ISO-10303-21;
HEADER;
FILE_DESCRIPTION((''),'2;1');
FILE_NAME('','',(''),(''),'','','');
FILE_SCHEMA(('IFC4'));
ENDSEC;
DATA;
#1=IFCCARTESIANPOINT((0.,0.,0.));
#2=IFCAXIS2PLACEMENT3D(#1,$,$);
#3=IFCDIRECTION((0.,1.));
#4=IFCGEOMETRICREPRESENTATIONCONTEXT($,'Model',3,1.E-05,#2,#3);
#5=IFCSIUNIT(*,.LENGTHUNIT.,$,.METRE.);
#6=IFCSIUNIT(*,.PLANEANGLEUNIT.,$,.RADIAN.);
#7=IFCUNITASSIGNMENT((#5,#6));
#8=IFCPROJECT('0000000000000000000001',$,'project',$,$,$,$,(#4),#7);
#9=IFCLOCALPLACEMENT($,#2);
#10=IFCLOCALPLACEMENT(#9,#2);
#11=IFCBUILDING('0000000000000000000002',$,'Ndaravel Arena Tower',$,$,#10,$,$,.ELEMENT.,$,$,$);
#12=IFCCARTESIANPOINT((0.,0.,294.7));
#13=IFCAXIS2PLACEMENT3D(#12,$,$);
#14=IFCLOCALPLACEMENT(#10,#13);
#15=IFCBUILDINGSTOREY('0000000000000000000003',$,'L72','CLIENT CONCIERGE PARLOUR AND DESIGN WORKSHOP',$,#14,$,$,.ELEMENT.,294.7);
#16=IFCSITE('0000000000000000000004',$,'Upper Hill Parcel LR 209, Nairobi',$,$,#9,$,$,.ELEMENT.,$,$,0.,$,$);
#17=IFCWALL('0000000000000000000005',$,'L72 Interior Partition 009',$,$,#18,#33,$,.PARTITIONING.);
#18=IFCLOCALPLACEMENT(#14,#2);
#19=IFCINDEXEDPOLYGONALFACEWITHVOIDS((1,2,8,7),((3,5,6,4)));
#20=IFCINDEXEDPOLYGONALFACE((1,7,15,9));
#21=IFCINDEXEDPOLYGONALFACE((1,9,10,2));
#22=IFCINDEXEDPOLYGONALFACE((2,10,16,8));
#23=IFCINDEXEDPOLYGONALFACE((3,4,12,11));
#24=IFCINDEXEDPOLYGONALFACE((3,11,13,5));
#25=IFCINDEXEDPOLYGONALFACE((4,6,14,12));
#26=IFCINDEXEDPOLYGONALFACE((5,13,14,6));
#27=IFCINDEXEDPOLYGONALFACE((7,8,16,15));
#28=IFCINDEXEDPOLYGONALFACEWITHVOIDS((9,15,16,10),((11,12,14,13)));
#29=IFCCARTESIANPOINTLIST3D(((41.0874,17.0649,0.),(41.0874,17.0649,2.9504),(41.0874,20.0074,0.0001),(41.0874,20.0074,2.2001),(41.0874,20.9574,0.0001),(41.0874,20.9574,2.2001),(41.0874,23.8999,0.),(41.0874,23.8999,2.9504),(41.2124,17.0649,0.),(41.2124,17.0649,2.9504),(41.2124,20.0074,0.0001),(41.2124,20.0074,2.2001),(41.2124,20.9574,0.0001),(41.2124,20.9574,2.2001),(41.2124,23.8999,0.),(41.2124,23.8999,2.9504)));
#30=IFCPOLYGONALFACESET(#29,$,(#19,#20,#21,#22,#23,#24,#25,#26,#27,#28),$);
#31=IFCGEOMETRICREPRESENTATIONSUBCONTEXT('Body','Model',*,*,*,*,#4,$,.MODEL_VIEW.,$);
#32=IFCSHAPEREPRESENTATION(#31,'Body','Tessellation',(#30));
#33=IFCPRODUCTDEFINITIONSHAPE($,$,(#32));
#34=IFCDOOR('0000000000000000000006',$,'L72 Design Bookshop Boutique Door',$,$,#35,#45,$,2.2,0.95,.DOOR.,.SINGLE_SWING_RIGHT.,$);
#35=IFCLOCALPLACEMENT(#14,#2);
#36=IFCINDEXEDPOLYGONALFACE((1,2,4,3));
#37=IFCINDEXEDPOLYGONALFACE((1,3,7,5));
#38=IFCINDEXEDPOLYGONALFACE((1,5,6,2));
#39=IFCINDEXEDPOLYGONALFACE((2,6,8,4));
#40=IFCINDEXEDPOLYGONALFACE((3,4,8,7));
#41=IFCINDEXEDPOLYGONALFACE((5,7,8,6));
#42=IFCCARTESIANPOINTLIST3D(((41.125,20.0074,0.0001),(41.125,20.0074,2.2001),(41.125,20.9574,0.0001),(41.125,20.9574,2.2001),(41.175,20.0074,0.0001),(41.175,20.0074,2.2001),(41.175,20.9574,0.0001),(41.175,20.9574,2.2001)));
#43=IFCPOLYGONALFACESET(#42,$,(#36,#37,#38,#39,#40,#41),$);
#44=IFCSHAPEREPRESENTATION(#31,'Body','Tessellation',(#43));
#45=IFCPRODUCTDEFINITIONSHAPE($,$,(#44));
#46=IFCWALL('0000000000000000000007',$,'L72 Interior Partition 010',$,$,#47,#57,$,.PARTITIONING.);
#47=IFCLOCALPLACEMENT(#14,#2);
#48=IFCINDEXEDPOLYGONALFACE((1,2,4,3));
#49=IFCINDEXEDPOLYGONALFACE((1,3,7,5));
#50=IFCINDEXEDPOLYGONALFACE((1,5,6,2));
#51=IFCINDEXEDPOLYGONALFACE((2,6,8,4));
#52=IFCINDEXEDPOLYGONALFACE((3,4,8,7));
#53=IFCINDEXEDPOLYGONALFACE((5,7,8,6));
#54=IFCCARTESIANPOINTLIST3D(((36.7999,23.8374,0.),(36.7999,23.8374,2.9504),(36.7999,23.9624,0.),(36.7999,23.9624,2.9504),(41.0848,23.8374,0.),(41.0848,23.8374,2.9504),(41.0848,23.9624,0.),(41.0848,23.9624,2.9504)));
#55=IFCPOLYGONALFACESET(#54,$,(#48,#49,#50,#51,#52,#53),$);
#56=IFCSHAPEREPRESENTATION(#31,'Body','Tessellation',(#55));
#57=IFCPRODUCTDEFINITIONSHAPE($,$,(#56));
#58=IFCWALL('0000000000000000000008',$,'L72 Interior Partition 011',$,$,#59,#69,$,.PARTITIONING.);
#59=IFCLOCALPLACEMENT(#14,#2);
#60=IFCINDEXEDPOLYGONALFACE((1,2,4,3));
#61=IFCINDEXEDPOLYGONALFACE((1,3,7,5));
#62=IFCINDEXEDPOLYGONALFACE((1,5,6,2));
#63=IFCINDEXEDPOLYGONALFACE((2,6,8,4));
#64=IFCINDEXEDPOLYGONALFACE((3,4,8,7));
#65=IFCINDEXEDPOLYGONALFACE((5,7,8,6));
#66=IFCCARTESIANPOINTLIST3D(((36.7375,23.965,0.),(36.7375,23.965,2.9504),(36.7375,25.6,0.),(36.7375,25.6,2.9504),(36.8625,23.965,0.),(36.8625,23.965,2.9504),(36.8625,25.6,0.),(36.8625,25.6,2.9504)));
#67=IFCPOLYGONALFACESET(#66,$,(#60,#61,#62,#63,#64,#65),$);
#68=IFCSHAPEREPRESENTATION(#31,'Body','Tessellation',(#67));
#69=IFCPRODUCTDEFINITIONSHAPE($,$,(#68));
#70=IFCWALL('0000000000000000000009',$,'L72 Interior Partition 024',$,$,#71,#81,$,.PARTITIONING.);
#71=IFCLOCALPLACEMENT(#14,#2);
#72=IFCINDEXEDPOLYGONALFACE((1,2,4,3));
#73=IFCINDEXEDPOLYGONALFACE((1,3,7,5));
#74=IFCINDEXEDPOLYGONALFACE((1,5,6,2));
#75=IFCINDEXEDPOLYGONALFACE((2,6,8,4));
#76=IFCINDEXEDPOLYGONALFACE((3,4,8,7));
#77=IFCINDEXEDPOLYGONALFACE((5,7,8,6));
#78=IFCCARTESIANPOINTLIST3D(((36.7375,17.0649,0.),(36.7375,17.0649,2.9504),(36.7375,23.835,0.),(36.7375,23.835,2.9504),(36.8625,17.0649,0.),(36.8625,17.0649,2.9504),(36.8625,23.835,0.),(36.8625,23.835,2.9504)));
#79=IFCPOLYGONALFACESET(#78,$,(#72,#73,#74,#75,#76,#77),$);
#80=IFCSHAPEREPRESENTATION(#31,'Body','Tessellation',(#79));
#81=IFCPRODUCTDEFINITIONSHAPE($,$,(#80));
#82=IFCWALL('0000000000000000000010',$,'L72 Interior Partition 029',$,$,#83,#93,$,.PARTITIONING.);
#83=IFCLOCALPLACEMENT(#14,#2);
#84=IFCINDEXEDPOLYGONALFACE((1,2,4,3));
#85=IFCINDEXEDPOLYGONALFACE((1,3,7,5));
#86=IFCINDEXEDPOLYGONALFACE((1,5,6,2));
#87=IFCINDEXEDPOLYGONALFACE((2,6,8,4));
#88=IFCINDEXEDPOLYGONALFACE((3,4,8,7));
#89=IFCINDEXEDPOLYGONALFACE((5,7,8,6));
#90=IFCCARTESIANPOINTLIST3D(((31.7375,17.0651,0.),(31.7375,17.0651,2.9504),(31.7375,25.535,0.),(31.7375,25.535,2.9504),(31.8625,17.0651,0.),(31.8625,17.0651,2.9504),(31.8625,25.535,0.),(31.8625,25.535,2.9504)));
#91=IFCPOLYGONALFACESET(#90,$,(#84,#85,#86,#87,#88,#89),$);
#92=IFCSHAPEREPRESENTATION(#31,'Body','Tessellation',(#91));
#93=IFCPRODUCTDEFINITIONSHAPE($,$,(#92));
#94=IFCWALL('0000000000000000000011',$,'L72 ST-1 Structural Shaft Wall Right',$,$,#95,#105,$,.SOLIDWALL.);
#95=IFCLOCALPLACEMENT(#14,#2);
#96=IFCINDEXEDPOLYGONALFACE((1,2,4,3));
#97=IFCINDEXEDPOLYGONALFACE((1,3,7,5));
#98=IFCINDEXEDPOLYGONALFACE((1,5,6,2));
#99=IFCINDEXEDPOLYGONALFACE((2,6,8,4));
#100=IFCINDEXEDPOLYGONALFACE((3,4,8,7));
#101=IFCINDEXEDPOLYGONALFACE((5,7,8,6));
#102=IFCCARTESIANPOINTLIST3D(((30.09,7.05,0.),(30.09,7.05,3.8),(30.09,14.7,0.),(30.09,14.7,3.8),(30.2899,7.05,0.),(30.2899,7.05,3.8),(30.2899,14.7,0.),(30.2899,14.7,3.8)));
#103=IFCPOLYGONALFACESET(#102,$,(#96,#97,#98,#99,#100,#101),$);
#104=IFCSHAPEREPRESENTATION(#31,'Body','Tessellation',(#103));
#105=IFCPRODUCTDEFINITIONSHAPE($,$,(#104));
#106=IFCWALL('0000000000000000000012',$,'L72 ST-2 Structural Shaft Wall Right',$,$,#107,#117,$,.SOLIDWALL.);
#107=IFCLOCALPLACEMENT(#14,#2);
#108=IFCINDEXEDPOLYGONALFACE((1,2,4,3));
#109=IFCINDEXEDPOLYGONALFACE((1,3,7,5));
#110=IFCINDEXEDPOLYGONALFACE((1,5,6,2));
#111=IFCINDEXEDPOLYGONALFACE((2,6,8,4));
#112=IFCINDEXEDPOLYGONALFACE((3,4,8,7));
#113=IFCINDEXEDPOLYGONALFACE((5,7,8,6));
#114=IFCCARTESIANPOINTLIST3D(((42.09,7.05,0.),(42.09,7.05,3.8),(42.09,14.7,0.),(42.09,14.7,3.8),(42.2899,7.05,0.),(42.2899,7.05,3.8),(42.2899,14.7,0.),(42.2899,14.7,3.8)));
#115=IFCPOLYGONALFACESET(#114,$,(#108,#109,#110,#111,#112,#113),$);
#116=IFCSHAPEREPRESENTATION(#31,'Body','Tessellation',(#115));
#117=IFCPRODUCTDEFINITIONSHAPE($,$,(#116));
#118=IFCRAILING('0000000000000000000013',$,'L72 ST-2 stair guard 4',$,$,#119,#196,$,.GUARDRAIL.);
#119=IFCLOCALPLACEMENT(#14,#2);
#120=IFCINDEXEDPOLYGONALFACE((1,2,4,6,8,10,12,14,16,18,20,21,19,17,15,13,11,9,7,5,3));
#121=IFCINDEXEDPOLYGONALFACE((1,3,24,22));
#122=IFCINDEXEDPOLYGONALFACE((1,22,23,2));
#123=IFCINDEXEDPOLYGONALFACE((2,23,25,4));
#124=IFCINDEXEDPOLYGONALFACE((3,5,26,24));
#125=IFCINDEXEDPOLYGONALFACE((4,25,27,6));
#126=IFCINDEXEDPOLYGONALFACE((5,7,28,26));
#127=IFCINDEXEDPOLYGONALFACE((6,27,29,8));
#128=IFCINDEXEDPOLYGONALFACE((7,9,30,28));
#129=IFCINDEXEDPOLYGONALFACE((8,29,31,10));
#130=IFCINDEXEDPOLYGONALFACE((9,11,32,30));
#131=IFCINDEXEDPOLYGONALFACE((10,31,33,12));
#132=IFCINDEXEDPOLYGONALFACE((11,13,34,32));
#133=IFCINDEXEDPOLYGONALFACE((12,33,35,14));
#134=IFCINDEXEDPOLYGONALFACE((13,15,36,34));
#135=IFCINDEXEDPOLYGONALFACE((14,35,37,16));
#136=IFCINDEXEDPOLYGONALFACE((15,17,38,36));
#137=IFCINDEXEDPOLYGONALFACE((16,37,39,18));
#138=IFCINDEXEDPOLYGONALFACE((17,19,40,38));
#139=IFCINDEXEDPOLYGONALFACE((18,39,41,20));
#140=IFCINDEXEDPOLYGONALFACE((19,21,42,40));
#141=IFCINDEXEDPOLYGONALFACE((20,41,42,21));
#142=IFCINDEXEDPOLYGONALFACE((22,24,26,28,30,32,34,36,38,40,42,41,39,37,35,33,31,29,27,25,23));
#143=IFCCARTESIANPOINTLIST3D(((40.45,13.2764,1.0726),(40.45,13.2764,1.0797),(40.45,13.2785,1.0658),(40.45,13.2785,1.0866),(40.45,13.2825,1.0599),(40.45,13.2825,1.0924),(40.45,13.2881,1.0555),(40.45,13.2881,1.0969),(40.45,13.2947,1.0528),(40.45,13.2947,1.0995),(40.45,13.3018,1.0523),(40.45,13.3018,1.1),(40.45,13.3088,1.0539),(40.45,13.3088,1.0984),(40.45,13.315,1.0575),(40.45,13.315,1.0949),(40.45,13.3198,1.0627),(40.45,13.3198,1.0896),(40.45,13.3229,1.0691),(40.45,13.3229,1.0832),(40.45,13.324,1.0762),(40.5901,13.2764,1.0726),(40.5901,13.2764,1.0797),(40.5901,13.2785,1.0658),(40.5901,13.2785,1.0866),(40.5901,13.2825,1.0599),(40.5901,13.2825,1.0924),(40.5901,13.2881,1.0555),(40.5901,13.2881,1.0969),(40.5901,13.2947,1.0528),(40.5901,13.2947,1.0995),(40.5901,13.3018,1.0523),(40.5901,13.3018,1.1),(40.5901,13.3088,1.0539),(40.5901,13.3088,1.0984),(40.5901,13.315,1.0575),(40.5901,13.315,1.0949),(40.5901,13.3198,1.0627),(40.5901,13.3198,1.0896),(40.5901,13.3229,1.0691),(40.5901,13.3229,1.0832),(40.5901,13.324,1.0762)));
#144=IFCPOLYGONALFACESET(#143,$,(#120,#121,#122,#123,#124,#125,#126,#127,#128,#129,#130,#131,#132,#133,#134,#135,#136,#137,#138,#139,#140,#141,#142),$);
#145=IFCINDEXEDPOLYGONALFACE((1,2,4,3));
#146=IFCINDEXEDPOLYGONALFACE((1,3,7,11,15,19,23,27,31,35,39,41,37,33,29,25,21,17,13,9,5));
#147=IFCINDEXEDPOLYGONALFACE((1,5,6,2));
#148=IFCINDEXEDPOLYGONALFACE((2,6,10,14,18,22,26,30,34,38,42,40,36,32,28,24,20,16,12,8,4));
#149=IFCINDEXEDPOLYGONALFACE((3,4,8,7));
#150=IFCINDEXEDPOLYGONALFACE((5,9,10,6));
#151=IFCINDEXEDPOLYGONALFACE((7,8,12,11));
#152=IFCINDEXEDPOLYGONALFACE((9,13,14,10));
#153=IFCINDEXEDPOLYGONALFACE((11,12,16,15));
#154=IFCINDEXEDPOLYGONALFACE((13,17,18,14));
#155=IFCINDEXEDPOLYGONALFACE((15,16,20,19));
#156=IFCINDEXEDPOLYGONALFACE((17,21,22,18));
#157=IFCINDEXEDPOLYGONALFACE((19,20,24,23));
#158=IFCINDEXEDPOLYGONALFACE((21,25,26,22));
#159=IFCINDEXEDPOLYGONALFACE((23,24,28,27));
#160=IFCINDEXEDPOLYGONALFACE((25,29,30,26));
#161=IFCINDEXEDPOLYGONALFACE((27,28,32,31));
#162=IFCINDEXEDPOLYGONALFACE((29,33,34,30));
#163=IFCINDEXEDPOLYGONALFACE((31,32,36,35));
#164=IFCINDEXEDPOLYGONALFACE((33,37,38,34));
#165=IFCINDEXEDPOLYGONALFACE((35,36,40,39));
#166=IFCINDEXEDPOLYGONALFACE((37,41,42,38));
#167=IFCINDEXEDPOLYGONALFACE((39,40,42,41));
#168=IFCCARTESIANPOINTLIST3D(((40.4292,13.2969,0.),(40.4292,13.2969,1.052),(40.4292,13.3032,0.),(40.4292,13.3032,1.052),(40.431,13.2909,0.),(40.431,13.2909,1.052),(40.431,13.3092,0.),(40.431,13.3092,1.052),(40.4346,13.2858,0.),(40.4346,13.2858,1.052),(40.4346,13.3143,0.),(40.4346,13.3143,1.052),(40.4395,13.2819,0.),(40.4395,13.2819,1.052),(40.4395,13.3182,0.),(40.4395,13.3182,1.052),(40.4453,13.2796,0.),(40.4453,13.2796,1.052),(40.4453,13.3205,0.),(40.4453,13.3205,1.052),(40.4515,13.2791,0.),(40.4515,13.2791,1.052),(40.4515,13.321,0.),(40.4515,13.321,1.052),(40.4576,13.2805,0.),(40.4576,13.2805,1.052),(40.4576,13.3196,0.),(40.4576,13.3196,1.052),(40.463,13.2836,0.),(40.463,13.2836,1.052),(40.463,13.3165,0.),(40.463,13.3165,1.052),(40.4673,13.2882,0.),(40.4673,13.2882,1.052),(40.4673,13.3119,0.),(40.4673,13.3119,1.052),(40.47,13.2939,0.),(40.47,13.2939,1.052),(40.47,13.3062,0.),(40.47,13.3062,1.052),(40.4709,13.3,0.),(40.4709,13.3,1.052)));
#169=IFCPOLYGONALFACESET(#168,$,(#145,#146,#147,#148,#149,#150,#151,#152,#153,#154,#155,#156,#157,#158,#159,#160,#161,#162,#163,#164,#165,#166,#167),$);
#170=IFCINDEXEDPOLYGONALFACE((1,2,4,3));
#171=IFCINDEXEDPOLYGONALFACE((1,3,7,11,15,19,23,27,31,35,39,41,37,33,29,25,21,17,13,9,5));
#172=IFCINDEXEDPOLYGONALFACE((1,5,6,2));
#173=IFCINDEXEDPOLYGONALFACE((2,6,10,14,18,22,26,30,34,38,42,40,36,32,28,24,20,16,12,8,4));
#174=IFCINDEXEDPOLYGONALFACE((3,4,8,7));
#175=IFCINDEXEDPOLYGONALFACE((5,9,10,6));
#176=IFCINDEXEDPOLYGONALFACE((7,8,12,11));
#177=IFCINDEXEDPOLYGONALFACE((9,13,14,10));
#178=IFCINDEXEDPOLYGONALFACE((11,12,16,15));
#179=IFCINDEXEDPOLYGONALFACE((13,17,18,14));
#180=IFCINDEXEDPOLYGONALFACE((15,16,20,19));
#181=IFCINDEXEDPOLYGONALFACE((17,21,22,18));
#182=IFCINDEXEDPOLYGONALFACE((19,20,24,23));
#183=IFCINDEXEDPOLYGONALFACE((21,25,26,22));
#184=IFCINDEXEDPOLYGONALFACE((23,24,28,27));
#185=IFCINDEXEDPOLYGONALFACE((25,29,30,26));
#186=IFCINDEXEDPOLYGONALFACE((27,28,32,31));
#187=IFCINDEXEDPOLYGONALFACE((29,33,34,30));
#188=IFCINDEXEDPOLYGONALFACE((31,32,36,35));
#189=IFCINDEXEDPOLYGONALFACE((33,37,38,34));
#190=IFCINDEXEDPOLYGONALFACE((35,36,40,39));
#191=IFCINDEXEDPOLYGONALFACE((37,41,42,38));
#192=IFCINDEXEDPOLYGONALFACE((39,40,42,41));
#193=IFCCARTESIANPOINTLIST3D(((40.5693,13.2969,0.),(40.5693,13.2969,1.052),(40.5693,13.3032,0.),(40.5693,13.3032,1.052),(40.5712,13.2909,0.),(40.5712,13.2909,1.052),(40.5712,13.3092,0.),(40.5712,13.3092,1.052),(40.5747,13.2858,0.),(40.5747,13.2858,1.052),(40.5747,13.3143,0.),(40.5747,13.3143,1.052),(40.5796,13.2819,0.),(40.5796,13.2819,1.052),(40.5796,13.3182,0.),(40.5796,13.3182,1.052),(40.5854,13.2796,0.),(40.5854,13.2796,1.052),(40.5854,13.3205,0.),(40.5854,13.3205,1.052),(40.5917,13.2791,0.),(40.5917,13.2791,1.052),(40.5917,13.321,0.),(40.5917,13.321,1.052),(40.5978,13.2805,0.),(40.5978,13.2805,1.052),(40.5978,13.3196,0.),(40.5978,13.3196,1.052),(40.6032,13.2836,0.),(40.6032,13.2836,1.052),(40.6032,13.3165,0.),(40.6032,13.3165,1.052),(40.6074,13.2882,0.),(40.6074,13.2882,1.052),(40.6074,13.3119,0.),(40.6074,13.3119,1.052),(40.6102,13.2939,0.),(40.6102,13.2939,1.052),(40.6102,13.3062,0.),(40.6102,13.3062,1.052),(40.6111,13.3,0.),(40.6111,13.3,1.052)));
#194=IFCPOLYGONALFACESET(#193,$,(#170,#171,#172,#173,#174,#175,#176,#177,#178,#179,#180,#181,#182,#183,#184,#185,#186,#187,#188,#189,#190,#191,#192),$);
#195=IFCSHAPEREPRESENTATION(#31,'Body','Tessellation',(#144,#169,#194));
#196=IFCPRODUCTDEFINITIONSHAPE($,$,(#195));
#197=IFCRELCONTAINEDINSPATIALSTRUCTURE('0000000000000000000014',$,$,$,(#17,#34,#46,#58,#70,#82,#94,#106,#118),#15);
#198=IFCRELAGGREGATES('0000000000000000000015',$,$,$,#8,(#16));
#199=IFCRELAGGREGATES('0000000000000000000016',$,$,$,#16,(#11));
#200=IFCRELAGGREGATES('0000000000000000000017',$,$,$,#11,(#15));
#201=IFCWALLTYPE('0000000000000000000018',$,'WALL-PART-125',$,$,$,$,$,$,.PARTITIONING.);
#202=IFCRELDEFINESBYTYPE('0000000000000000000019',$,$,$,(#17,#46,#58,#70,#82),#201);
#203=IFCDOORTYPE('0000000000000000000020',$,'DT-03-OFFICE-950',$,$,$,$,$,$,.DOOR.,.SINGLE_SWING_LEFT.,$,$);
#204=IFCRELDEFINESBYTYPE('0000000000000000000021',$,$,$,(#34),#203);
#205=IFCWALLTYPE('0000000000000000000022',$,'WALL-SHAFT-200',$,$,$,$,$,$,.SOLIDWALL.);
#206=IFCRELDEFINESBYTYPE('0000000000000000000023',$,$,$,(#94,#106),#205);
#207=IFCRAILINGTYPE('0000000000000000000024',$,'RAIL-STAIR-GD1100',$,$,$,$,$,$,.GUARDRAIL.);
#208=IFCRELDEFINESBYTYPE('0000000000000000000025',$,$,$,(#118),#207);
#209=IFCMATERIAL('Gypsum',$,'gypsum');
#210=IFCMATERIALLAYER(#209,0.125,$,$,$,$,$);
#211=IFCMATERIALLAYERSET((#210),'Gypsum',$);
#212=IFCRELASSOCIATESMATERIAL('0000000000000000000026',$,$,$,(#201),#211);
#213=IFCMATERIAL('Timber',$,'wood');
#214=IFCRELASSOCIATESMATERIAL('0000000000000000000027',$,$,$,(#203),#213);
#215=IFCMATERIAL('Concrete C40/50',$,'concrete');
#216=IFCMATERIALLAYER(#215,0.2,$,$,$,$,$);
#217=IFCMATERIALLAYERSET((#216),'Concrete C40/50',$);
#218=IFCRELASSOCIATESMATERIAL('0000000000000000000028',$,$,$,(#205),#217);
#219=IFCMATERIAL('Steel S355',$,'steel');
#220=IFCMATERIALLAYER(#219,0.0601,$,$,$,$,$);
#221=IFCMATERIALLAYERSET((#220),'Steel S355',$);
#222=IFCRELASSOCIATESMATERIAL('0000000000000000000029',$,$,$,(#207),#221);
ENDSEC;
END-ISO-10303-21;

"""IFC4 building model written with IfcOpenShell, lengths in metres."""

from ifc_helpers import new_model, si_unit, direction, frame, frame_2d, origin, origin_2d, place, context, subcontext, project, spatial, rectangle, circle, extrude, material, layer, layer_set, type_object, element, fill, save


model = new_model("IFC4")

# Units and contexts
model_context = context("Model", 3, precision=1e-05, world=origin(), true_north=direction((0.0, 1.0)))
body_context = subcontext(model_context, "Body", "Model", "MODEL_VIEW")
ifc_project = project(units=[si_unit("LENGTHUNIT", "METRE"), si_unit("PLANEANGLEUNIT", "RADIAN")], contexts=[model_context])

# Site, building, storey
site_placement = place(None, origin())
site = spatial("IfcSite", under=ifc_project, at=site_placement, Name="Upper Hill Parcel LR 209, Nairobi", CompositionType="ELEMENT", RefElevation=0.0)
building_placement = place(site_placement, origin())
building = spatial("IfcBuilding", under=site, at=building_placement, Name="Ndaravel Arena Tower", CompositionType="ELEMENT")
storey_placement = place(building_placement, frame((0.0, 0.0, 294.7)))
storey = spatial("IfcBuildingStorey", under=building, at=storey_placement, Name="L72", Description="CLIENT CONCIERGE PARLOUR AND DESIGN WORKSHOP", CompositionType="ELEMENT", Elevation=294.7)

# Shared definitions
ifc_material_1 = material(Name="Gypsum", Category="gypsum")
ifc_layer_1 = layer(ifc_material_1, 0.125)
ifc_layer_set_1 = layer_set([ifc_layer_1], Name="Gypsum")
wall_type_1 = type_object("IfcWallType", Name="WALL-PART-125", PredefinedType="PARTITIONING", material=ifc_layer_set_1)

# Wall, opening, door
wall_1_placement = place(storey_placement, frame((41.1499, 17.0649, 0.0), z_axis=(0.0, 0.0, 1.0), x_axis=(0.0, 1.0, 0.0)))
wall_1 = element("IfcWall", 1, at=wall_1_placement, inside=storey, type_object=wall_type_1, Name="L72 Interior Partition 009", PredefinedType="PARTITIONING", context=body_context, shape_type="SweptSolid", body=[
    extrude(rectangle(XDim=6.835, YDim=0.125, at=frame_2d((3.4175, 0.0))), origin(), (0.0, 0.0, 1.0), 2.9504),
])
opening_1_placement = place(wall_1_placement, frame((2.9424, 0.0, 0.0)))
opening_1 = element("IfcOpeningElement", 2, at=opening_1_placement, cuts=wall_1, PredefinedType="OPENING", context=body_context, shape_type="SweptSolid", body=[
    extrude(rectangle(XDim=0.95, YDim=2.2, at=frame_2d((0.4751, 1.1001))), frame((0.0, 0.0625, 0.0), z_axis=(0.0, -1.0, 0.0), x_axis=(1.0, 0.0, 0.0)), (0.0, 0.0, 1.0), 0.125),
])
ifc_material_2 = material(Name="Timber", Category="wood")
door_type_1 = type_object("IfcDoorType", Name="DT-03-OFFICE-950", OperationType="SINGLE_SWING_LEFT", PredefinedType="DOOR", material=ifc_material_2)
door_1_placement = place(opening_1_placement, origin())
door_1 = element("IfcDoor", 3, at=door_1_placement, inside=storey, type_object=door_type_1, Name="L72 Design Bookshop Boutique Door", OperationType="SINGLE_SWING_RIGHT", OverallHeight=2.2, OverallWidth=0.95, PredefinedType="DOOR", context=body_context, shape_type="SweptSolid", body=[
    extrude(rectangle(XDim=0.95, YDim=2.2, at=frame_2d((0.4751, 1.1001))), frame((0.0, 0.0249, 0.0), z_axis=(0.0, -1.0, 0.0), x_axis=(1.0, 0.0, 0.0)), (0.0, 0.0, 1.0), 0.05),
])
fill(opening_1, door_1)

# Walls
wall_2_placement = place(storey_placement, frame((41.085, 23.8999, 0.0), z_axis=(0.0, 0.0, 1.0), x_axis=(-1.0, 0.0, 0.0)))
element("IfcWall", 4, at=wall_2_placement, inside=storey, type_object=wall_type_1, Name="L72 Interior Partition 010", PredefinedType="PARTITIONING", context=body_context, shape_type="SweptSolid", body=[
    extrude(rectangle(XDim=4.2849, YDim=0.125, at=frame_2d((2.1426, 0.0))), origin(), (0.0, 0.0, 1.0), 2.9504),
])
wall_3_placement = place(storey_placement, frame((36.8, 23.9651, 0.0), z_axis=(0.0, 0.0, 1.0), x_axis=(0.0, 1.0, 0.0)))
element("IfcWall", 5, at=wall_3_placement, inside=storey, type_object=wall_type_1, Name="L72 Interior Partition 011", PredefinedType="PARTITIONING", context=body_context, shape_type="SweptSolid", body=[
    extrude(rectangle(XDim=1.635, YDim=0.125, at=frame_2d((0.8174, 0.0))), origin(), (0.0, 0.0, 1.0), 2.9504),
])
wall_4_placement = place(storey_placement, frame((36.8, 17.0649, 0.0), z_axis=(0.0, 0.0, 1.0), x_axis=(0.0, 1.0, 0.0)))
element("IfcWall", 6, at=wall_4_placement, inside=storey, type_object=wall_type_1, Name="L72 Interior Partition 024", PredefinedType="PARTITIONING", context=body_context, shape_type="SweptSolid", body=[
    extrude(rectangle(XDim=6.77, YDim=0.125, at=frame_2d((3.385, 0.0))), origin(), (0.0, 0.0, 1.0), 2.9504),
])
wall_5_placement = place(storey_placement, frame((31.8, 25.5349, 0.0), z_axis=(0.0, 0.0, 1.0), x_axis=(0.0, -1.0, 0.0)))
element("IfcWall", 7, at=wall_5_placement, inside=storey, type_object=wall_type_1, Name="L72 Interior Partition 029", PredefinedType="PARTITIONING", context=body_context, shape_type="SweptSolid", body=[
    extrude(rectangle(XDim=8.47, YDim=0.125, at=frame_2d((4.2349, 0.0))), origin(), (0.0, 0.0, 1.0), 2.9504),
])
ifc_material_3 = material(Name="Concrete C40/50", Category="concrete")
ifc_layer_2 = layer(ifc_material_3, 0.2)
ifc_layer_set_2 = layer_set([ifc_layer_2], Name="Concrete C40/50")
wall_type_2 = type_object("IfcWallType", Name="WALL-SHAFT-200", PredefinedType="SOLIDWALL", material=ifc_layer_set_2)
for number, where, z_axis, x_axis, name in (
    (8, (30.1899, 14.7, 0.0), (0.0, 0.0, 1.0), (0.0, -1.0, 0.0), "L72 ST-1 Structural Shaft Wall Right"),
    (9, (42.1899, 14.7, 0.0), (0.0, 0.0, 1.0), (0.0, -1.0, 0.0), "L72 ST-2 Structural Shaft Wall Right"),
):
    element("IfcWall", number, at=place(storey_placement, frame(where, z_axis=z_axis, x_axis=x_axis)), inside=storey, type_object=wall_type_2, Name=name, PredefinedType="SOLIDWALL", context=body_context, shape_type="SweptSolid", body=[
        extrude(rectangle(XDim=7.6499, YDim=0.2, at=frame_2d((3.825, 0.0))), origin(), (0.0, 0.0, 1.0), 3.8),
    ])

# Railing
ifc_material_4 = material(Name="Steel S355", Category="steel")
ifc_layer_3 = layer(ifc_material_4, 0.0601)
ifc_layer_set_3 = layer_set([ifc_layer_3], Name="Steel S355")
railing_type = type_object("IfcRailingType", Name="RAIL-STAIR-GD1100", PredefinedType="GUARDRAIL", material=ifc_layer_set_3)
railing_1_placement = place(storey_placement, frame((40.45, 13.3, 0.0)))
element("IfcRailing", 10, at=railing_1_placement, inside=storey, type_object=railing_type, Name="L72 ST-2 stair guard 4", PredefinedType="GUARDRAIL", context=body_context, shape_type="SweptSolid", body=[
    extrude(circle(Radius=0.0239, at=origin_2d()), frame((0.0, 0.0, 1.0762), z_axis=(1.0, 0.0, 0.0), x_axis=(0.0, 1.0, 0.0)), (0.0, 0.0, 1.0), 0.1401),
    extrude(circle(Radius=0.021, at=origin_2d()), origin(), (0.0, 0.0, 1.0), 1.052),
    extrude(circle(Radius=0.021, at=origin_2d()), frame((0.1401, 0.0, 0.0)), (0.0, 0.0, 1.0), 1.052),
])

save(model, "model.ifc")
